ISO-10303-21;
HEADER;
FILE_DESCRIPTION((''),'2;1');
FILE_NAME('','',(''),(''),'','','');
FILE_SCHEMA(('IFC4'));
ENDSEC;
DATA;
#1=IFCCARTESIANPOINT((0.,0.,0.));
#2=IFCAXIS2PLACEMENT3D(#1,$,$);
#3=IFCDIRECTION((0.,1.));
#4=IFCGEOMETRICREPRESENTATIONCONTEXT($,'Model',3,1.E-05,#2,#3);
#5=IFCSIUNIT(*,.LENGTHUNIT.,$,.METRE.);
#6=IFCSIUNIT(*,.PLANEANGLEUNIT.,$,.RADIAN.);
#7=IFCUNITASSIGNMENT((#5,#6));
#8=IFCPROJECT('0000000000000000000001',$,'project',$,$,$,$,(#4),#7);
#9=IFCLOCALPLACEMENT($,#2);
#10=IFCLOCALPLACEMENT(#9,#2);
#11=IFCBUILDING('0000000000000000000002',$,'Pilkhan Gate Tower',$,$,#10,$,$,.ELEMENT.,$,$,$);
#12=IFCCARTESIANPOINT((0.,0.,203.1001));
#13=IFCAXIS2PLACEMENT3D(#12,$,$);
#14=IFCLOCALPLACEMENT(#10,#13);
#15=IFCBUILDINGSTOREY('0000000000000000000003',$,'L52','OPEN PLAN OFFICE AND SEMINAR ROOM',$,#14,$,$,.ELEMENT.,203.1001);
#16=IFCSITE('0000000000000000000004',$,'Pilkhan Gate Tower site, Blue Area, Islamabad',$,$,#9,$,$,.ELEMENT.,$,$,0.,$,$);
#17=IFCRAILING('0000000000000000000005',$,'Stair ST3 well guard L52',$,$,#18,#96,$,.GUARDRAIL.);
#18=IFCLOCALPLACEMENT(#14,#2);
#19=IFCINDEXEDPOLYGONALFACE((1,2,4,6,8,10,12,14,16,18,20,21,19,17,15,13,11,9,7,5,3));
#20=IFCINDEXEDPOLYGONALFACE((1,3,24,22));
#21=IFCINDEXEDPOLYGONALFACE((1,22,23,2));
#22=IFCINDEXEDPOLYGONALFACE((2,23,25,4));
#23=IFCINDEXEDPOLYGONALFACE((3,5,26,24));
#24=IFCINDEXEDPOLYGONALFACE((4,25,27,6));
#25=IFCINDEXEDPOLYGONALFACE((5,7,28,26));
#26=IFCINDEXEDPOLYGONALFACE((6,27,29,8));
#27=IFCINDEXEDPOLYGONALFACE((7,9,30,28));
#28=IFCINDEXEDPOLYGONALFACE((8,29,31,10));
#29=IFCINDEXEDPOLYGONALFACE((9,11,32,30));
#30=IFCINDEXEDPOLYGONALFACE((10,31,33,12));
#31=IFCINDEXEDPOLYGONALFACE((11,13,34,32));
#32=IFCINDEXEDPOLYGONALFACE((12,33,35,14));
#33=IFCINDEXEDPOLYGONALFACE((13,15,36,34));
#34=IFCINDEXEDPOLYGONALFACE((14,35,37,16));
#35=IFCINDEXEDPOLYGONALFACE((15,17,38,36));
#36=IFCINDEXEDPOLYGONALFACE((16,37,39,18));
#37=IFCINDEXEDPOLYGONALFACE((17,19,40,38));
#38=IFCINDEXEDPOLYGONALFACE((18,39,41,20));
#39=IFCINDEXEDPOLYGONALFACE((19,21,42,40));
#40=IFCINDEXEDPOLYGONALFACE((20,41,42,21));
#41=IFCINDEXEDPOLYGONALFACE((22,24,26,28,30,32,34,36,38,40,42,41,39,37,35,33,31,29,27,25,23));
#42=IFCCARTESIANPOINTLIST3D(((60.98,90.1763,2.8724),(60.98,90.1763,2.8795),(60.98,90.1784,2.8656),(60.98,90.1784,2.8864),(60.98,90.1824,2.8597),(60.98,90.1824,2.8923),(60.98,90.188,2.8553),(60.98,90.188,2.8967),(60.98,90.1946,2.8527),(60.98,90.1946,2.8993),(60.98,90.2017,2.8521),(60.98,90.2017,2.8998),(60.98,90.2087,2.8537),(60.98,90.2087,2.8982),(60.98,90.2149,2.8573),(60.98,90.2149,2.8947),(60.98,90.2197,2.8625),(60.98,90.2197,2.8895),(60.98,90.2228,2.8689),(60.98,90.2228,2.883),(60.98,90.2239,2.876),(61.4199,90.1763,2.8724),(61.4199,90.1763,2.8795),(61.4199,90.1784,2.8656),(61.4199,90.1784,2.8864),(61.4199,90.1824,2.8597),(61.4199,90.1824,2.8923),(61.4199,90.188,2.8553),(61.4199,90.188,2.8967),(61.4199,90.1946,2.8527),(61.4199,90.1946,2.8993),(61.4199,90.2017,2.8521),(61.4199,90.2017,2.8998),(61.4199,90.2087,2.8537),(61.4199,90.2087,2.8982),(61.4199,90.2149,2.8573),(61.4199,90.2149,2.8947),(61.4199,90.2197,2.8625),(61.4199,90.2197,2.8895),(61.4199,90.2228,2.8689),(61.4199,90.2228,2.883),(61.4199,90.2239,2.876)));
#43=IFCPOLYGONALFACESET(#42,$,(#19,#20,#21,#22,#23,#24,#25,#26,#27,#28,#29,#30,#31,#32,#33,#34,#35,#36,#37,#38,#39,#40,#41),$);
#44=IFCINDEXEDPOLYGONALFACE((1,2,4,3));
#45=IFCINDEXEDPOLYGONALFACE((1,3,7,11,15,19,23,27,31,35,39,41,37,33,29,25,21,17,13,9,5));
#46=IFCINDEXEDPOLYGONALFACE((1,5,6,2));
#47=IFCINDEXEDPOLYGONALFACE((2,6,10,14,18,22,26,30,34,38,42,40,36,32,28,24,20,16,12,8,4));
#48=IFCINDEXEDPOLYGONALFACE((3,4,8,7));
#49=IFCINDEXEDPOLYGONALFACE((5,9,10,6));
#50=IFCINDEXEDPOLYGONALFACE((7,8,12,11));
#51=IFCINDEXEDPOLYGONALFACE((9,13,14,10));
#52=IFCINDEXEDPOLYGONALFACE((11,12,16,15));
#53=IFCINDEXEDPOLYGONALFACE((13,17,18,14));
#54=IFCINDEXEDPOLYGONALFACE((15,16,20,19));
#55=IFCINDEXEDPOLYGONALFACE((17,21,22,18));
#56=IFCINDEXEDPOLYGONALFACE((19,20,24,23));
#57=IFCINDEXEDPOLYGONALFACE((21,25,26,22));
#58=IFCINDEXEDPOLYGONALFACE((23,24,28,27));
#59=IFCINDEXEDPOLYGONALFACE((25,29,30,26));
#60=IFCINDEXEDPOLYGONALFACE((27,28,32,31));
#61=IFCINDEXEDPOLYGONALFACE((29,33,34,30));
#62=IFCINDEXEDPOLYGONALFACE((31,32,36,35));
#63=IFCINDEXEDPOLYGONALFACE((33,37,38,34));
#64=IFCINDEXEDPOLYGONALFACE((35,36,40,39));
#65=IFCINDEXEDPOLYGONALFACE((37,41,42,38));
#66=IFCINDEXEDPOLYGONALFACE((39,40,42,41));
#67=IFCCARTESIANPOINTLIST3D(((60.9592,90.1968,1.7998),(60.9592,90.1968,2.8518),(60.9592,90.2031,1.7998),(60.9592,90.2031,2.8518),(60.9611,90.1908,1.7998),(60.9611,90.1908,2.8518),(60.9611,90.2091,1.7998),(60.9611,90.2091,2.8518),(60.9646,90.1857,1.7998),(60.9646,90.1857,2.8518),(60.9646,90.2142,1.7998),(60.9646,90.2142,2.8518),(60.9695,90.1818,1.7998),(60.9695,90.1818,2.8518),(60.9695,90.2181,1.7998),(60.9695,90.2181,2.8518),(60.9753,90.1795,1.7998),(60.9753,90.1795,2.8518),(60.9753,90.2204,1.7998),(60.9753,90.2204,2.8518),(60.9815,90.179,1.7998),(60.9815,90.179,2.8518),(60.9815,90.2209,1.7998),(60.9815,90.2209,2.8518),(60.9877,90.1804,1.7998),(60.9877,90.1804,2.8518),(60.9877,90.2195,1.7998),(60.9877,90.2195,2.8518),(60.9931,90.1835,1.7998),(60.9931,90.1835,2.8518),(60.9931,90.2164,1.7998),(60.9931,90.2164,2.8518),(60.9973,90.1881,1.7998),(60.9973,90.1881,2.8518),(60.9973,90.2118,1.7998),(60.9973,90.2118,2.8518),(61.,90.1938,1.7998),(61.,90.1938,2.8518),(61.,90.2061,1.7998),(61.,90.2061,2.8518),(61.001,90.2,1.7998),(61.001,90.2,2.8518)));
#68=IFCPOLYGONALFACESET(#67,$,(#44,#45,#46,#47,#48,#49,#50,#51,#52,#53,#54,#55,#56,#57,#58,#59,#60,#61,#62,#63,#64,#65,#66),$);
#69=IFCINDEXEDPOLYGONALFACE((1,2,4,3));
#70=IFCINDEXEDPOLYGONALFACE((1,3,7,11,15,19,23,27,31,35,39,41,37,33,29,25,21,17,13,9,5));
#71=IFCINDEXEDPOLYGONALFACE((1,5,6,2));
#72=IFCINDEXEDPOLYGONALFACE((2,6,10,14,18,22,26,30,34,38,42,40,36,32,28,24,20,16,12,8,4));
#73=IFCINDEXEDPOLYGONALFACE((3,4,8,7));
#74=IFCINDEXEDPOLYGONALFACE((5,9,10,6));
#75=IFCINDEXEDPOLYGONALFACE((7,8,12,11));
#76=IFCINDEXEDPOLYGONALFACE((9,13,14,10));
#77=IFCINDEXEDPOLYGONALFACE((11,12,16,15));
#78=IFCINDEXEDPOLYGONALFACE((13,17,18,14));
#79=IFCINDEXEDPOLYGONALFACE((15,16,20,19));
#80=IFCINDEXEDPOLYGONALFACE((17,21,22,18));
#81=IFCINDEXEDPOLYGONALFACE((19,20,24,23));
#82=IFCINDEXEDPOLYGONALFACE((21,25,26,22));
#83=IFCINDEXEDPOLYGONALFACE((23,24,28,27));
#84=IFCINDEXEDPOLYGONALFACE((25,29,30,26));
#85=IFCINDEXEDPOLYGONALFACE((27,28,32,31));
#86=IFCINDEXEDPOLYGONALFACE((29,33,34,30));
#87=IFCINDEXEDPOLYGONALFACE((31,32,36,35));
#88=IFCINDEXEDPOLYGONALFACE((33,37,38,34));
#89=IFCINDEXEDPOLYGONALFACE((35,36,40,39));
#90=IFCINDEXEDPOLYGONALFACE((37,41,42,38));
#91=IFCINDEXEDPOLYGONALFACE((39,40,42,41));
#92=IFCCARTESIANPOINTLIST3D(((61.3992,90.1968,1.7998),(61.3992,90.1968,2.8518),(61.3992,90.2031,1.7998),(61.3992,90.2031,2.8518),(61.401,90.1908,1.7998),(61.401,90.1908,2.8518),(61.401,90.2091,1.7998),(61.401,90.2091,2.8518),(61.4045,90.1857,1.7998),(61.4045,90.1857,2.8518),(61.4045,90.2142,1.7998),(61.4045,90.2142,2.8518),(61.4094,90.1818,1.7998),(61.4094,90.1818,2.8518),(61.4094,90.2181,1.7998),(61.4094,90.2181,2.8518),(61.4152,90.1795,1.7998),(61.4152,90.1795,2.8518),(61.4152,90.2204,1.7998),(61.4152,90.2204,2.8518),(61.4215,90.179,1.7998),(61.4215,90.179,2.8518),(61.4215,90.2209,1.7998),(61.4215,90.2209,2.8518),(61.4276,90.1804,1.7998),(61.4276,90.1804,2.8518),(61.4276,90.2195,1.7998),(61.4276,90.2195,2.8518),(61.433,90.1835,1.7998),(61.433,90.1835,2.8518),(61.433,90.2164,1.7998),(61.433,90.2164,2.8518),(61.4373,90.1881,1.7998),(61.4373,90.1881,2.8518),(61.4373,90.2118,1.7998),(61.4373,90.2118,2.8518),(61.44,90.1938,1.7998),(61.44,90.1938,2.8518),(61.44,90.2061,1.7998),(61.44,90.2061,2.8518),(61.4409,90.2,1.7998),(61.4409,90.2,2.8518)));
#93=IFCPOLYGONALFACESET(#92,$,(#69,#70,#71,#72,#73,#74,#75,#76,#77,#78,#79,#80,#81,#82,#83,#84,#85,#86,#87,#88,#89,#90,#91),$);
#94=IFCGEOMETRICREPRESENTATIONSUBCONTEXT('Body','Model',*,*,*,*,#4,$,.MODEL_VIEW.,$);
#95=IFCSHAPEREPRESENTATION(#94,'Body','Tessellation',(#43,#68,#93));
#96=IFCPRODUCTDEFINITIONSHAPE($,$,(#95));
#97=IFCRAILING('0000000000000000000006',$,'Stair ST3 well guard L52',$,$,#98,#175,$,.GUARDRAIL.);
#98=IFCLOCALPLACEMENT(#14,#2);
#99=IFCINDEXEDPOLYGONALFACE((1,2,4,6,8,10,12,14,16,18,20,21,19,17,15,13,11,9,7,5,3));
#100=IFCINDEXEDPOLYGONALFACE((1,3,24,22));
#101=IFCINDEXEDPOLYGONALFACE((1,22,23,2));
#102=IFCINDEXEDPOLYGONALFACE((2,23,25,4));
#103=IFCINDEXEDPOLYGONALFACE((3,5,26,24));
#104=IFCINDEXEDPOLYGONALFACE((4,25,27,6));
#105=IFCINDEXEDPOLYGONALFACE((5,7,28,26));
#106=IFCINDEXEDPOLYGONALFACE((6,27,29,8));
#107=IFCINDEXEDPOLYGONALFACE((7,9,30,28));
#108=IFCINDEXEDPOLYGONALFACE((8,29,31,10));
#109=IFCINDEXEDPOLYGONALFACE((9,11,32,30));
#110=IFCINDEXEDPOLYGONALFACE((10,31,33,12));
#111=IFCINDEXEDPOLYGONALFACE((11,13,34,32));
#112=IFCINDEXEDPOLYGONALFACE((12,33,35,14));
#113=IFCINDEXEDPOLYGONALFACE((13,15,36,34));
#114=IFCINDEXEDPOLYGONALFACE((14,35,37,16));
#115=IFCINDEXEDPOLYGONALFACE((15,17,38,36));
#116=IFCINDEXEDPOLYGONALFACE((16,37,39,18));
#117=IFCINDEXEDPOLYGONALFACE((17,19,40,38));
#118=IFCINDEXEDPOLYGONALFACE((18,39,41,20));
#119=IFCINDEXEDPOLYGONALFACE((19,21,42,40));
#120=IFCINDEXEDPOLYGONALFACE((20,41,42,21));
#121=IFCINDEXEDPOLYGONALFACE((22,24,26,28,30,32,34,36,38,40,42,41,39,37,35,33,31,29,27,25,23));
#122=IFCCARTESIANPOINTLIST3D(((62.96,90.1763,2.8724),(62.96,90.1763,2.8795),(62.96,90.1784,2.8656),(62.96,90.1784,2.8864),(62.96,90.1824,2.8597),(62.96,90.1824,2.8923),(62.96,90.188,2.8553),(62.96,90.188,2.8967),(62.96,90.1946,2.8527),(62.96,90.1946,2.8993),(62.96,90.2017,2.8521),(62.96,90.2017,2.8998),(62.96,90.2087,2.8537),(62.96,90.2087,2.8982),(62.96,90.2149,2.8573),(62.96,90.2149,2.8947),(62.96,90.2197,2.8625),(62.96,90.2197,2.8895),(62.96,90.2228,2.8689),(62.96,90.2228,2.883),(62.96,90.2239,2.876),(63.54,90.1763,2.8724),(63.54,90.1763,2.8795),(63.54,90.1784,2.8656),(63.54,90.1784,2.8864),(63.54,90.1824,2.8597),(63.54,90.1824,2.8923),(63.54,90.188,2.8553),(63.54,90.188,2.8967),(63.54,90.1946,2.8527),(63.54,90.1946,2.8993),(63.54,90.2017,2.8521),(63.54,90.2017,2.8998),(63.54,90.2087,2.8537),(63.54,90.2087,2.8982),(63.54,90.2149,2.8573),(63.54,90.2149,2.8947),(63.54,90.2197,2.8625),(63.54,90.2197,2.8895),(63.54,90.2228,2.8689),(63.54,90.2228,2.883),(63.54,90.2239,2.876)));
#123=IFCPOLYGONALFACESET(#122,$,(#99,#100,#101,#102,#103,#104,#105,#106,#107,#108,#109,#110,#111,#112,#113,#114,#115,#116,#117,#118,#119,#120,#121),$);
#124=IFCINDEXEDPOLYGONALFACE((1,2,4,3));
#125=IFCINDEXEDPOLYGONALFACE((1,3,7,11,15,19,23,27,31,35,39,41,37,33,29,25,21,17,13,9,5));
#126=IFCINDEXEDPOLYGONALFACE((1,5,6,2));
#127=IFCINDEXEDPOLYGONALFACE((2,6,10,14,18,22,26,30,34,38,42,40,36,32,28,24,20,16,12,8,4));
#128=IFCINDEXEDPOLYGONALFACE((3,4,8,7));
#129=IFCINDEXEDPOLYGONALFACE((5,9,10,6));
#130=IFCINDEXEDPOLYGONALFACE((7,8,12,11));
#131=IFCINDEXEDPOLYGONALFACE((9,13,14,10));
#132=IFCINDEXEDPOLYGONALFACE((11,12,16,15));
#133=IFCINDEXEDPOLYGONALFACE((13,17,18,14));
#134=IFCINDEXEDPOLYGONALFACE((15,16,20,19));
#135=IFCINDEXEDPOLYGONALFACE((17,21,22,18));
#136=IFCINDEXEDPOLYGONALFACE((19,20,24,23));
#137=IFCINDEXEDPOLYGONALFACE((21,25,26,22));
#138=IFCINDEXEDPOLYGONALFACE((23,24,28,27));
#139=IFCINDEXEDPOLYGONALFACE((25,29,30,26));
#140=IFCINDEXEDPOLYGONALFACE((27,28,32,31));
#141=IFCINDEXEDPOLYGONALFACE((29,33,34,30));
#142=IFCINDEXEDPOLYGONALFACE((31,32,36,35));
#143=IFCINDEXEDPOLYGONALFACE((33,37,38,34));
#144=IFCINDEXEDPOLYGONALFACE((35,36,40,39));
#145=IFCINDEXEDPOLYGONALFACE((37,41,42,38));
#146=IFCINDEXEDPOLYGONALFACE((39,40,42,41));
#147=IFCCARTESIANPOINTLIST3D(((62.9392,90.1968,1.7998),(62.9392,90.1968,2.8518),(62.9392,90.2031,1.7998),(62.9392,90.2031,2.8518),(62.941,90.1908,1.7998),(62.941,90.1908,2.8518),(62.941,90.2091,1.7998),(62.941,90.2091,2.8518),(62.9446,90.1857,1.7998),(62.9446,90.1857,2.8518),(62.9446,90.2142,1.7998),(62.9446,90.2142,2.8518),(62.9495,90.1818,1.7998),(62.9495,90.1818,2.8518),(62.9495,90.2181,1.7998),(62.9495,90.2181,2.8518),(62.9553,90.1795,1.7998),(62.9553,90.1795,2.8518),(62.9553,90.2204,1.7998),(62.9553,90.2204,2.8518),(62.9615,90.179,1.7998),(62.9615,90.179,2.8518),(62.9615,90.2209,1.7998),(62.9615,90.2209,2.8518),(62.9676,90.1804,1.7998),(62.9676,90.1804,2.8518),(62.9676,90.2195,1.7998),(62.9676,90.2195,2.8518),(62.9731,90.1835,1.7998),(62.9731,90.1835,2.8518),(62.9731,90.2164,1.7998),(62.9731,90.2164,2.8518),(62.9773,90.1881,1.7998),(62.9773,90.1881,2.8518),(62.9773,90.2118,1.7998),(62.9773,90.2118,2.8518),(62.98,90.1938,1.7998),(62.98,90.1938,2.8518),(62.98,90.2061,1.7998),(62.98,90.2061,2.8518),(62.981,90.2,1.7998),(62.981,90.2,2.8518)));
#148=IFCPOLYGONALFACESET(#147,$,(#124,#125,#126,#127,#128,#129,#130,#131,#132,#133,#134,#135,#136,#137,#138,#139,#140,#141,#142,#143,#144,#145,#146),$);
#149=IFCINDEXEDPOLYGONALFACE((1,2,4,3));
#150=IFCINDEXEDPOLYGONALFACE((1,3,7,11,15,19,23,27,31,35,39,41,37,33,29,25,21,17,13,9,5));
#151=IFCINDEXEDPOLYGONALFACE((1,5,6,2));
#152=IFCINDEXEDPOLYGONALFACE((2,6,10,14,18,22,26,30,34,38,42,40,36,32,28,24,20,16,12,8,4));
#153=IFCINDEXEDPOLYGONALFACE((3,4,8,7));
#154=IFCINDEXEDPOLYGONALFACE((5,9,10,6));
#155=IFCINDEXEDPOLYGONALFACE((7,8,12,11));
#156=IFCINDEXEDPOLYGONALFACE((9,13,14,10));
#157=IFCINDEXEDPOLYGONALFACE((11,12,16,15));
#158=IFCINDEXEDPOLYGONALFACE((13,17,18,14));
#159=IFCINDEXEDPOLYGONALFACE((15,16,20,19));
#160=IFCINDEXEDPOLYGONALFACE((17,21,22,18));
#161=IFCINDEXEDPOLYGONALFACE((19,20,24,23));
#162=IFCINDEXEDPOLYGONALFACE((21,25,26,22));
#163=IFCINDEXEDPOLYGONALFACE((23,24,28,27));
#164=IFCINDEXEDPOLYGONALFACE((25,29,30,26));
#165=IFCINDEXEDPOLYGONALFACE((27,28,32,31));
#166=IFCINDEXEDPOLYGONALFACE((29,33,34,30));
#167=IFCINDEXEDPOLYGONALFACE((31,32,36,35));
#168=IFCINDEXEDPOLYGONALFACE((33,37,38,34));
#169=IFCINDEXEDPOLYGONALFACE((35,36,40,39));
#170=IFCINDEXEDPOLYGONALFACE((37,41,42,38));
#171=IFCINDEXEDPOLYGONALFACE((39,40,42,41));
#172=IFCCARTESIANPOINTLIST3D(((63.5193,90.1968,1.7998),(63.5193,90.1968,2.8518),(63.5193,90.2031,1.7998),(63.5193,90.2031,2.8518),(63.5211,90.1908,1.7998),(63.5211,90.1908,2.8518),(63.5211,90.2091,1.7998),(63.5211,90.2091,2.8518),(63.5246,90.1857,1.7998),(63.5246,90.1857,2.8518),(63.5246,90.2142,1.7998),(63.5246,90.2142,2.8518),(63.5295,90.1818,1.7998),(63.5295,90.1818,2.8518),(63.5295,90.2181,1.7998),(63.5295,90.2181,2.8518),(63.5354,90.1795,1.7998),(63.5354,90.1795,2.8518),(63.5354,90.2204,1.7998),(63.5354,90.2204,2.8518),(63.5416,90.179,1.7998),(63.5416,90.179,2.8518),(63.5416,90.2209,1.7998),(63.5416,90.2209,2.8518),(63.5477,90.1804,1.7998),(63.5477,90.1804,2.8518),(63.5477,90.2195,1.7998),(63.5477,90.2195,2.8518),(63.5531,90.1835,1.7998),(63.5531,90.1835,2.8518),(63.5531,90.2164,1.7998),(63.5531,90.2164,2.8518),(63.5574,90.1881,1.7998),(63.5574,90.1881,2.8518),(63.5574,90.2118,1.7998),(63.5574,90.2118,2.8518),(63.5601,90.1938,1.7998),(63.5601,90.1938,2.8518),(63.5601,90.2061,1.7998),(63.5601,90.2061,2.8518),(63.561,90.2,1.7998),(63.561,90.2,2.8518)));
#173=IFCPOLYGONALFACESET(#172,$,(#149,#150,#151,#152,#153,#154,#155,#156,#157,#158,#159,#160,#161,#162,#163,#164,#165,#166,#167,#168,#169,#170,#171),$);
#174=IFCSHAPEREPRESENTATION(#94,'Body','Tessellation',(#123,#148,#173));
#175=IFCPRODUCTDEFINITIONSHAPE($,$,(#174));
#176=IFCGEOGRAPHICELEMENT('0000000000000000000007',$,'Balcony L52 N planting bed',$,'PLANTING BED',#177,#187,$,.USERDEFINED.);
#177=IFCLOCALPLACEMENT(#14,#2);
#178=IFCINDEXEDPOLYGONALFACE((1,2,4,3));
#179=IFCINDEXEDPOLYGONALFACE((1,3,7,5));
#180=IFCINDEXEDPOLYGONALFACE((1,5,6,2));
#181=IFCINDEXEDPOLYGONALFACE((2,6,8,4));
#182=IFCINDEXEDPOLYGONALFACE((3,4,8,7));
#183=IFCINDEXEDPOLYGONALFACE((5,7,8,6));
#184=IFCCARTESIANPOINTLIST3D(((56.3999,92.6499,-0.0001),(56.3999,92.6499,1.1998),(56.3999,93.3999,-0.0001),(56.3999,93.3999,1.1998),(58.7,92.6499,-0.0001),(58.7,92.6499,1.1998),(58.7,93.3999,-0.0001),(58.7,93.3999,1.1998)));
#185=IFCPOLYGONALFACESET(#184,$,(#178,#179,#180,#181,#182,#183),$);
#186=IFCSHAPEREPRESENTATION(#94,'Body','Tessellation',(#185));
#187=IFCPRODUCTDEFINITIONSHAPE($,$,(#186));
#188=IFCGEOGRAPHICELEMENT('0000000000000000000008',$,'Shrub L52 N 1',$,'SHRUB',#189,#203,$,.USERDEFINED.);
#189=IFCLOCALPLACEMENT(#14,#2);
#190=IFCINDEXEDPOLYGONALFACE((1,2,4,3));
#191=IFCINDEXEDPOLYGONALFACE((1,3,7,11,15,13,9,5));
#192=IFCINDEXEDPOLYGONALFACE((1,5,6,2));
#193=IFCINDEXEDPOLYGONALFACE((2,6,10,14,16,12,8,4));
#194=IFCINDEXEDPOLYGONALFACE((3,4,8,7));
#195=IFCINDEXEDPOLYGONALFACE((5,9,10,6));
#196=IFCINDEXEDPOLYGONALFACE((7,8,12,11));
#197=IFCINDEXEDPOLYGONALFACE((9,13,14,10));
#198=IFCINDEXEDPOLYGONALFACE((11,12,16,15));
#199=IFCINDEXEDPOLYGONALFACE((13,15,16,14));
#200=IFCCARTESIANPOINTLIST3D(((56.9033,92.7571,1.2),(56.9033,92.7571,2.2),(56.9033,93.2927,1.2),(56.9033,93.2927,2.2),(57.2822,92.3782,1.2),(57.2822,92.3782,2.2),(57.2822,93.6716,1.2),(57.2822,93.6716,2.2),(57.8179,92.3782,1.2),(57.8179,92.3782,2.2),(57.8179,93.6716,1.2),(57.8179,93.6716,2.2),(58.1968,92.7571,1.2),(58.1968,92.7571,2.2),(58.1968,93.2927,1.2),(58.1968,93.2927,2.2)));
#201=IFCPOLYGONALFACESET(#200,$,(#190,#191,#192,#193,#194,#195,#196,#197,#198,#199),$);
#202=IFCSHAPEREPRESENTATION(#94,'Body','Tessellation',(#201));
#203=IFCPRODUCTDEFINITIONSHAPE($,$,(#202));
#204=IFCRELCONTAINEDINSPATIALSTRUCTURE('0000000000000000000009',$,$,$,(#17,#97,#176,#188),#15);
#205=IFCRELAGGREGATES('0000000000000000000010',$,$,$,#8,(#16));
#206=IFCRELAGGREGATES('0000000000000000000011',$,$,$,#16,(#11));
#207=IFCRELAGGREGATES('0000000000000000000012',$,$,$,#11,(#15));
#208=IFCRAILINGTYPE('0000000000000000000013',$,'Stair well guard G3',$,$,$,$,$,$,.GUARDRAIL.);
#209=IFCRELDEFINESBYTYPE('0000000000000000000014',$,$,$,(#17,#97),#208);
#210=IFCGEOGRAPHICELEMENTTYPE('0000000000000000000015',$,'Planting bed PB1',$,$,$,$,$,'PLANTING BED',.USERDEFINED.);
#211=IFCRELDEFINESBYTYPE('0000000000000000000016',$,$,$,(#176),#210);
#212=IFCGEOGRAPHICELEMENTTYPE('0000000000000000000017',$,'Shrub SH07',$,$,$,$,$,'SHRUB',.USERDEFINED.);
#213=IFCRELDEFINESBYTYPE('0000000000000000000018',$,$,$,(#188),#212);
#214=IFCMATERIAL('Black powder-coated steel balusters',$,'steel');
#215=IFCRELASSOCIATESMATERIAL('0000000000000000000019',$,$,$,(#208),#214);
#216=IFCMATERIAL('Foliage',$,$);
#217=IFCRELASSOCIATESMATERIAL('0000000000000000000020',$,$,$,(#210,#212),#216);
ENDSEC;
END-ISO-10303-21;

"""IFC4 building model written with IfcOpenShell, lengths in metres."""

from ifc_helpers import new_model, si_unit, direction, frame, origin, origin_2d, place, context, subcontext, project, spatial, polyline, rectangle, circle, outline, extrude, material, material_profile, profile_set, type_object, element, save


model = new_model("IFC4")

# Units and contexts
model_context = context("Model", 3, precision=1e-05, world=origin(), true_north=direction((0.0, 1.0)))
body_context = subcontext(model_context, "Body", "Model", "MODEL_VIEW")
ifc_project = project(units=[si_unit("LENGTHUNIT", "METRE"), si_unit("PLANEANGLEUNIT", "RADIAN")], contexts=[model_context])

# Site, building, storey
site_placement = place(None, origin())
site = spatial("IfcSite", under=ifc_project, at=site_placement, Name="Pilkhan Gate Tower site, Blue Area, Islamabad", CompositionType="ELEMENT", RefElevation=0.0)
building_placement = place(site_placement, origin())
building = spatial("IfcBuilding", under=site, at=building_placement, Name="Pilkhan Gate Tower", CompositionType="ELEMENT")
storey_placement = place(building_placement, frame((0.0, 0.0, 203.1001)))
storey = spatial("IfcBuildingStorey", under=building, at=storey_placement, Name="L52", Description="OPEN PLAN OFFICE AND SEMINAR ROOM", CompositionType="ELEMENT", Elevation=203.1001)

# Railings
ifc_material_1 = material(Name="Black powder-coated steel balusters", Category="steel")
railing_type_1 = type_object("IfcRailingType", Name="Stair well guard G3", PredefinedType="GUARDRAIL", material=ifc_material_1)
railing_1_placement = place(storey_placement, frame((60.98, 90.2, 1.7998)))
element("IfcRailing", 1, at=railing_1_placement, inside=storey, type_object=railing_type_1, Name="Stair ST3 well guard L52", PredefinedType="GUARDRAIL", context=body_context, shape_type="SweptSolid", body=[
    extrude(circle(Radius=0.0239, at=origin_2d()), frame((0.0, 0.0, 1.0762), z_axis=(1.0, 0.0, 0.0), x_axis=(0.0, 1.0, 0.0)), (0.0, 0.0, 1.0), 0.4399),
    extrude(circle(Radius=0.021, at=origin_2d()), origin(), (0.0, 0.0, 1.0), 1.052),
    extrude(circle(Radius=0.021, at=origin_2d()), frame((0.4399, 0.0, 0.0)), (0.0, 0.0, 1.0), 1.052),
])
railing_2_placement = place(storey_placement, frame((62.96, 90.2, 1.7998)))
element("IfcRailing", 2, at=railing_2_placement, inside=storey, type_object=railing_type_1, Name="Stair ST3 well guard L52", PredefinedType="GUARDRAIL", context=body_context, shape_type="SweptSolid", body=[
    extrude(circle(Radius=0.0239, at=origin_2d()), frame((0.0, 0.0, 1.0762), z_axis=(1.0, 0.0, 0.0), x_axis=(0.0, 1.0, 0.0)), (0.0, 0.0, 1.0), 0.5801),
    extrude(circle(Radius=0.021, at=origin_2d()), origin(), (0.0, 0.0, 1.0), 1.052),
    extrude(circle(Radius=0.021, at=origin_2d()), frame((0.5801, 0.0, 0.0)), (0.0, 0.0, 1.0), 1.052),
])

# Geographic elements
ifc_material_2 = material(Name="Foliage")
ifc_material_profile_1 = material_profile(ifc_material_2, rectangle(XDim=0.75, YDim=1.2, at=origin_2d()), Name="Bed 750x1200")
ifc_profile_set_1 = profile_set([ifc_material_profile_1], Name="Foliage")
geographic_element_type_1 = type_object("IfcGeographicElementType", Name="Planting bed PB1", ElementType="PLANTING BED", PredefinedType="USERDEFINED", material=ifc_profile_set_1)
geographic_element_1_placement = place(storey_placement, frame((56.3999, 93.0249, 0.5999), z_axis=(1.0, 0.0, 0.0), x_axis=(0.0, 1.0, 0.0)))
element("IfcGeographicElement", 3, at=geographic_element_1_placement, inside=storey, type_object=geographic_element_type_1, Name="Balcony L52 N planting bed", ObjectType="PLANTING BED", PredefinedType="USERDEFINED", context=body_context, shape_type="SweptSolid", body=[
    extrude(rectangle(XDim=0.75, YDim=1.2, at=origin_2d()), origin(), (0.0, 0.0, 1.0), 2.3),
])
ifc_material_profile_2 = material_profile(ifc_material_2, outline(polyline([(0.6467, 0.2678), (0.2678, 0.6467), (-0.2678, 0.6467), (-0.6467, 0.2678), (-0.6467, -0.2678), (-0.2678, -0.6467), (0.2678, -0.6467), (0.6467, -0.2678), (0.6467, 0.2678)])), Name="Shrub D1.4")
ifc_profile_set_2 = profile_set([ifc_material_profile_2], Name="Foliage")
geographic_element_type_2 = type_object("IfcGeographicElementType", Name="Shrub SH07", ElementType="SHRUB", PredefinedType="USERDEFINED", material=ifc_profile_set_2)
geographic_element_2_placement = place(storey_placement, frame((57.55, 93.0249, 1.2), z_axis=(0.0, 0.0, 1.0), x_axis=(1.0, 0.0, 0.0)))
element("IfcGeographicElement", 4, at=geographic_element_2_placement, inside=storey, type_object=geographic_element_type_2, Name="Shrub L52 N 1", ObjectType="SHRUB", PredefinedType="USERDEFINED", context=body_context, shape_type="SweptSolid", body=[
    extrude(outline(polyline([(0.6467, 0.2678), (0.2678, 0.6467), (-0.2678, 0.6467), (-0.6467, 0.2678), (-0.6467, -0.2678), (-0.2678, -0.6467), (0.2678, -0.6467), (0.6467, -0.2678), (0.6467, 0.2678)])), origin(), (0.0, 0.0, 1.0), 1.0),
])

save(model, "model.ifc")
